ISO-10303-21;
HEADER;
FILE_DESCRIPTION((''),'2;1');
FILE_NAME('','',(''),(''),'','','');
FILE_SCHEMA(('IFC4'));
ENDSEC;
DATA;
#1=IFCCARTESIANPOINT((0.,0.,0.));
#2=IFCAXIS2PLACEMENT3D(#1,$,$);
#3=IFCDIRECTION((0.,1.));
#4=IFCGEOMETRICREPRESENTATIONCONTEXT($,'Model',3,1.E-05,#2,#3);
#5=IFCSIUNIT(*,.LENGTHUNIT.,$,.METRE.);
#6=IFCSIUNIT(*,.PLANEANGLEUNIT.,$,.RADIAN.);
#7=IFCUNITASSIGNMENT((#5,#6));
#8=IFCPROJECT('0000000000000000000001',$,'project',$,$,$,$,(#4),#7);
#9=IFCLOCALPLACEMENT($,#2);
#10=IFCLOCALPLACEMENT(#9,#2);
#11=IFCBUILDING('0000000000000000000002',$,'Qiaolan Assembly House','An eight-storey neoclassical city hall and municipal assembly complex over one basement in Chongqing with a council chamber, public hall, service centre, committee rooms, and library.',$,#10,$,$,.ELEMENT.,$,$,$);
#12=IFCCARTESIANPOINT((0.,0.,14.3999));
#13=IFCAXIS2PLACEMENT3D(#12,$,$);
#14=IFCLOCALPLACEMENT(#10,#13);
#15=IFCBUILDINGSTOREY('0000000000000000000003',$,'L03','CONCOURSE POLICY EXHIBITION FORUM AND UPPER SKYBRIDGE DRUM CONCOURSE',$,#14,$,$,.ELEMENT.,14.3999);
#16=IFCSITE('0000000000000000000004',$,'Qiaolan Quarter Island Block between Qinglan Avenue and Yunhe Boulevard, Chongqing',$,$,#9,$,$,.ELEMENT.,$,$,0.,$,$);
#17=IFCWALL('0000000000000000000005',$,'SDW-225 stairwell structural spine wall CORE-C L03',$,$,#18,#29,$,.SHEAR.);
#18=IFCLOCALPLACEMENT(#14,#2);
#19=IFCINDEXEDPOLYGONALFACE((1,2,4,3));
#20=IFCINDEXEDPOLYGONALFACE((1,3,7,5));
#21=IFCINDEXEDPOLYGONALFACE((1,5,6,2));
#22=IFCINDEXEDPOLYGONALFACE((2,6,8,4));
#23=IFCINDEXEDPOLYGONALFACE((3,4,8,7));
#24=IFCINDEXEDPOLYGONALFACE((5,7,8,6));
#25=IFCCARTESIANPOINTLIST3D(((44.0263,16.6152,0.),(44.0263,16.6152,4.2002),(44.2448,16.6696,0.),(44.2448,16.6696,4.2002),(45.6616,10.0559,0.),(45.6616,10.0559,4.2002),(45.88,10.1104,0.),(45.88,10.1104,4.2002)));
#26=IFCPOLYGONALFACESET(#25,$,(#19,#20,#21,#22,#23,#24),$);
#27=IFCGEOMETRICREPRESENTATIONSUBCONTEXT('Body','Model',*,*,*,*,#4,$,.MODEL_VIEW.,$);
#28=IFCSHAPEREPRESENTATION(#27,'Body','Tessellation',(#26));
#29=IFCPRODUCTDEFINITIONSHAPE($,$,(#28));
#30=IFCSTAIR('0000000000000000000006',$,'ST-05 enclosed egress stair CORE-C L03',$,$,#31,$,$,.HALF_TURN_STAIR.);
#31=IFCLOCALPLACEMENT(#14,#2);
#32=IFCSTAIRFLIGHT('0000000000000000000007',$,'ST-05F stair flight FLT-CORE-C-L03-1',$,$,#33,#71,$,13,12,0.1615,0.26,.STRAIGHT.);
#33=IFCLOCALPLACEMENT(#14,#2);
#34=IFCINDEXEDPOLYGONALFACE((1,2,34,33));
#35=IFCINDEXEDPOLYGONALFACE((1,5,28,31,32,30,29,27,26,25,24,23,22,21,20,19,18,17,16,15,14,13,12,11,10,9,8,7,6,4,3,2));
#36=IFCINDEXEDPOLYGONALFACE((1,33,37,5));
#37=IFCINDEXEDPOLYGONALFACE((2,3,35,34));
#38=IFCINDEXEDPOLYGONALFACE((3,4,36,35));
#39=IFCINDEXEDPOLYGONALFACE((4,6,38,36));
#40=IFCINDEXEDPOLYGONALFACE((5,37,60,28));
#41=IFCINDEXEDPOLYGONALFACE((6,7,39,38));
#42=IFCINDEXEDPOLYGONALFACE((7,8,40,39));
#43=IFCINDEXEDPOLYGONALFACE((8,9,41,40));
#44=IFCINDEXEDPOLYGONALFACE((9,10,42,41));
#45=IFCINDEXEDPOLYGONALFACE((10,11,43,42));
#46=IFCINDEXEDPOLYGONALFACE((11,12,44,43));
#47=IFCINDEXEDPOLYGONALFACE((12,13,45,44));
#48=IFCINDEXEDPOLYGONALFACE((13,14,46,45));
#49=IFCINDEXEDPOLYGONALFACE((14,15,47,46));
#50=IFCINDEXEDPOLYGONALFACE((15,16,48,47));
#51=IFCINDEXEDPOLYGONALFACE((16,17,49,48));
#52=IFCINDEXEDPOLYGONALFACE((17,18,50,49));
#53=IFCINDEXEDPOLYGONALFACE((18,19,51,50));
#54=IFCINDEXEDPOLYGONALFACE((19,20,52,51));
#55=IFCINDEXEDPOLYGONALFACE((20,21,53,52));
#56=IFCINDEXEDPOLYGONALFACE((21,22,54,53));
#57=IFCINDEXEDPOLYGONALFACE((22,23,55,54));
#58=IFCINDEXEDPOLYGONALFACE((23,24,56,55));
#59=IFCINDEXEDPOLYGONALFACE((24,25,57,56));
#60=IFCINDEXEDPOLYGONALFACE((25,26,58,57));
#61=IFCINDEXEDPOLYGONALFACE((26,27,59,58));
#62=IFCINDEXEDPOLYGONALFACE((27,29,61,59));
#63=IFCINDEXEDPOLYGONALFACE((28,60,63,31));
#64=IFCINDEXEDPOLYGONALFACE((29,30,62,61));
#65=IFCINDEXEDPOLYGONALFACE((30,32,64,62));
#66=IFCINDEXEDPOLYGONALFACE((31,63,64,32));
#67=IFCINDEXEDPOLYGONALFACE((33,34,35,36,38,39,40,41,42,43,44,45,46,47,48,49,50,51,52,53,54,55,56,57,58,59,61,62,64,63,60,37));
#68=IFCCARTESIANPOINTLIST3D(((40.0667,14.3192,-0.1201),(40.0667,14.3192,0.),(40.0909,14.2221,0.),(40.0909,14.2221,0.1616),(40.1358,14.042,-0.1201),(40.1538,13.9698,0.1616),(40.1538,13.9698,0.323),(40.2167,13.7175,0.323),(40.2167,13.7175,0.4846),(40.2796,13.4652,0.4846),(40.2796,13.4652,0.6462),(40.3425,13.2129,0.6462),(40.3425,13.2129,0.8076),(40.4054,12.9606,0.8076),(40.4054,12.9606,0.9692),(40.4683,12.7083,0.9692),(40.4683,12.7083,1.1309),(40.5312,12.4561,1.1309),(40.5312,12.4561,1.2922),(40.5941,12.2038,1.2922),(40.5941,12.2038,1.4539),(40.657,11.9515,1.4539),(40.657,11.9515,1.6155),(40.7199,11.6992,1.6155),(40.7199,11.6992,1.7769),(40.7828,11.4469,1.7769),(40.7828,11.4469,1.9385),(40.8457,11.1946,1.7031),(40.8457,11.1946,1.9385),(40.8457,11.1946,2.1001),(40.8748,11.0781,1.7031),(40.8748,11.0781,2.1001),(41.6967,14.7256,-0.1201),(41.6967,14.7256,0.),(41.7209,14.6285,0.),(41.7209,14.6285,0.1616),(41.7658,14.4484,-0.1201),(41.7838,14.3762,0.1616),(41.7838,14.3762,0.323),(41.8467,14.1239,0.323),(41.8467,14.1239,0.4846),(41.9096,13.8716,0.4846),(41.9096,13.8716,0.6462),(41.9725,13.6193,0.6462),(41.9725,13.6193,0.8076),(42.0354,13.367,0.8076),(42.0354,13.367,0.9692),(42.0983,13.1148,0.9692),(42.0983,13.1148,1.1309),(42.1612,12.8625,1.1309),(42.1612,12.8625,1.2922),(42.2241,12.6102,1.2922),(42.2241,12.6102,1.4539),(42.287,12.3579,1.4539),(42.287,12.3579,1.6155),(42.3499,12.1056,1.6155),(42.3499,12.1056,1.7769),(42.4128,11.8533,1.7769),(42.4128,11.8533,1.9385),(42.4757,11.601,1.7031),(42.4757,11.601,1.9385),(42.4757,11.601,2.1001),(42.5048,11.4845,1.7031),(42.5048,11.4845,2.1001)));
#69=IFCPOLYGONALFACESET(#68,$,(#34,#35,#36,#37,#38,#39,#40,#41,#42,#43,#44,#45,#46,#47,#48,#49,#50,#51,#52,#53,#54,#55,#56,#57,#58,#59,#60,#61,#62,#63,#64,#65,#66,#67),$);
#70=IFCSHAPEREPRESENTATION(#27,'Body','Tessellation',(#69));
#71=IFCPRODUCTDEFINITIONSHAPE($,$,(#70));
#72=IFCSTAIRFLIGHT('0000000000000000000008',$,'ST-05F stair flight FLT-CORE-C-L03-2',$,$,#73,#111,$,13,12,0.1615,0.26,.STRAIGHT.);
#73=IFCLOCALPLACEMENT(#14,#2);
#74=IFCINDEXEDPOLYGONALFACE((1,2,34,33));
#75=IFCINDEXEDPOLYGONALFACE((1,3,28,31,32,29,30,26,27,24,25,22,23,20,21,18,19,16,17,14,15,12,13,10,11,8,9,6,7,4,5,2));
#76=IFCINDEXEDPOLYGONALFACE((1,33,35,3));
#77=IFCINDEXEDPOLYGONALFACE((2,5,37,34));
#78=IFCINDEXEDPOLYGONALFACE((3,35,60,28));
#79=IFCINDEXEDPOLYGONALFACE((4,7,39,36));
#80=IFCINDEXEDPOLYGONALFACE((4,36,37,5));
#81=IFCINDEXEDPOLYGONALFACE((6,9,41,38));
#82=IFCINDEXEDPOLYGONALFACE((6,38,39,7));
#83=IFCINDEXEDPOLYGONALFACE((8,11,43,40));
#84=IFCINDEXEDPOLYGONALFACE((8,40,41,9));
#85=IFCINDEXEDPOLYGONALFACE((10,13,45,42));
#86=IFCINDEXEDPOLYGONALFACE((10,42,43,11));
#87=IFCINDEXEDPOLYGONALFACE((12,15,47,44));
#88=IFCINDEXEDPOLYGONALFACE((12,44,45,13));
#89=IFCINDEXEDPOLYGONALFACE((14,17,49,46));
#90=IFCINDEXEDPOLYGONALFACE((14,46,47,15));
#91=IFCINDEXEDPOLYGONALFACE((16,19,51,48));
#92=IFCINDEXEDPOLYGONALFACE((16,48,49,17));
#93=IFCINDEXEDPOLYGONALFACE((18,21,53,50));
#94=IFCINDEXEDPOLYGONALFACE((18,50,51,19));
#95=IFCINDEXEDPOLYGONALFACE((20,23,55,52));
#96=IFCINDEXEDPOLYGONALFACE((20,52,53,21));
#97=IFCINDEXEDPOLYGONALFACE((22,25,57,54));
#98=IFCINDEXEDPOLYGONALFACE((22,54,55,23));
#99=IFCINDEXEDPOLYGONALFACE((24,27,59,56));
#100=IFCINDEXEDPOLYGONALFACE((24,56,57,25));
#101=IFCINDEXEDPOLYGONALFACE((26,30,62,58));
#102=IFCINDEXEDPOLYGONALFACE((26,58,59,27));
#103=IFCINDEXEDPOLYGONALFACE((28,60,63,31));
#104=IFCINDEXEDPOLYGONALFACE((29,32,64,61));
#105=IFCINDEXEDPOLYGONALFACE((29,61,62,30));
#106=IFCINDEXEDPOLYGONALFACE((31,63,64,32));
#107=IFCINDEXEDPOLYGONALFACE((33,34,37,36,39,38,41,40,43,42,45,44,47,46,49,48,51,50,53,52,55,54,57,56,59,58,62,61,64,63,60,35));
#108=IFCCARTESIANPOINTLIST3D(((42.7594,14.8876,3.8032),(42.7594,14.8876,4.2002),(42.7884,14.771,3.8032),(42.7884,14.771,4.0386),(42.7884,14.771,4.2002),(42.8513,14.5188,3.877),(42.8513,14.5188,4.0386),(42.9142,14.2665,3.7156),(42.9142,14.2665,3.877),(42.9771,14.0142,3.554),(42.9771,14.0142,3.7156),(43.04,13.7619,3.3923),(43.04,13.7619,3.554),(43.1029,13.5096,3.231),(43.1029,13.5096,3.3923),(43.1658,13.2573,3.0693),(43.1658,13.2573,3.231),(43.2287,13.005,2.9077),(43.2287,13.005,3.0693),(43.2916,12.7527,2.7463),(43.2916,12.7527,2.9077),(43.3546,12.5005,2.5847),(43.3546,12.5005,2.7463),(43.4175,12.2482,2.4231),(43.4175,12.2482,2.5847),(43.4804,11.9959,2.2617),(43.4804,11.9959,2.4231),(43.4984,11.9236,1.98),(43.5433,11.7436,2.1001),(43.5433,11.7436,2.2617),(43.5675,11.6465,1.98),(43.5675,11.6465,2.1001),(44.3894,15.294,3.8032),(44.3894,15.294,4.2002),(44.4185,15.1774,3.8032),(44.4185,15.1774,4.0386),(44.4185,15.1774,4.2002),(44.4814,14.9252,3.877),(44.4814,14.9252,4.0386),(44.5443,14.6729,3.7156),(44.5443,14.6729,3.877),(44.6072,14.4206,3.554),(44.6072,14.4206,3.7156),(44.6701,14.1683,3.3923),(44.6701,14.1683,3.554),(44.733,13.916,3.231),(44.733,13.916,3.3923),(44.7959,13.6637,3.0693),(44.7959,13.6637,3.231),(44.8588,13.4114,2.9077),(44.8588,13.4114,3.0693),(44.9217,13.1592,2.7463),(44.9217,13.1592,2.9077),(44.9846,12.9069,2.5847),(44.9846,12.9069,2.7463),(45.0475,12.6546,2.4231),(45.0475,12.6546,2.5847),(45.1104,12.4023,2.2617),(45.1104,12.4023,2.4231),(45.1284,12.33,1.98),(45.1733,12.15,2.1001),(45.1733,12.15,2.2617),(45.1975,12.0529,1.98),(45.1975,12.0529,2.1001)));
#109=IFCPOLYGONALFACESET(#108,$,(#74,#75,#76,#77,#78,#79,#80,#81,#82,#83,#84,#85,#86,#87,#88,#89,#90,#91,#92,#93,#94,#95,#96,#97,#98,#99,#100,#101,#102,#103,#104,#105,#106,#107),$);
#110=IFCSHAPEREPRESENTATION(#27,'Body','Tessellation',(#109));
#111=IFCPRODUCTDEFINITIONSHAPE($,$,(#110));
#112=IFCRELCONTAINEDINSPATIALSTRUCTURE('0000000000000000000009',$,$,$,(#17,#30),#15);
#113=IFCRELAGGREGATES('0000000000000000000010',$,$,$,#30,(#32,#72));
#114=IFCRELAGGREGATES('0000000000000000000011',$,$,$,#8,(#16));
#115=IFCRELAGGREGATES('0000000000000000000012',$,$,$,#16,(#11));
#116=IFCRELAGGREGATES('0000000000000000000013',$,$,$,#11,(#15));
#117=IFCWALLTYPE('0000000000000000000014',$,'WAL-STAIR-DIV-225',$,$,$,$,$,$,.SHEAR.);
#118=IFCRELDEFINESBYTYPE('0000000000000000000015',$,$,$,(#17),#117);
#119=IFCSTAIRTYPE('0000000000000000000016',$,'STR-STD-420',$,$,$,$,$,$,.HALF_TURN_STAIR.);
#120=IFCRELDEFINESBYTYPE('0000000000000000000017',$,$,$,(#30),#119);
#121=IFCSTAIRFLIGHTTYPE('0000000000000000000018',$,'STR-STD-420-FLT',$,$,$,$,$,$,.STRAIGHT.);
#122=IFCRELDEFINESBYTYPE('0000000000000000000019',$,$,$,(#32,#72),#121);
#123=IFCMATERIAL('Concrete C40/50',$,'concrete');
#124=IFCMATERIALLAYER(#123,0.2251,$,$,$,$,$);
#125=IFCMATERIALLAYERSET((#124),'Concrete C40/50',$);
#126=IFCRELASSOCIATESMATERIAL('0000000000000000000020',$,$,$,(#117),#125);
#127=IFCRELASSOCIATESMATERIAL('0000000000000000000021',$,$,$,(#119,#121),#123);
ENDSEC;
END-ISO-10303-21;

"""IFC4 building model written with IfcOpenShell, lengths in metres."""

from ifc_helpers import new_model, si_unit, direction, frame, frame_2d, origin, place, context, subcontext, project, spatial, polyline, rectangle, outline, extrude, material, layer, layer_set, type_object, element, aggregate, save


model = new_model("IFC4")

# Units and contexts
model_context = context("Model", 3, precision=1e-05, world=origin(), true_north=direction((0.0, 1.0)))
body_context = subcontext(model_context, "Body", "Model", "MODEL_VIEW")
ifc_project = project(units=[si_unit("LENGTHUNIT", "METRE"), si_unit("PLANEANGLEUNIT", "RADIAN")], contexts=[model_context])

# Site, building, storey
site_placement = place(None, origin())
site = spatial("IfcSite", under=ifc_project, at=site_placement, Name="Qiaolan Quarter Island Block between Qinglan Avenue and Yunhe Boulevard, Chongqing", CompositionType="ELEMENT", RefElevation=0.0)
building_placement = place(site_placement, origin())
building = spatial("IfcBuilding", under=site, at=building_placement, Name="Qiaolan Assembly House", Description="An eight-storey neoclassical city hall and municipal assembly complex over one basement in Chongqing with a council chamber, public hall, service centre, committee rooms, and library.", CompositionType="ELEMENT")
storey_placement = place(building_placement, frame((0.0, 0.0, 14.3999)))
storey = spatial("IfcBuildingStorey", under=building, at=storey_placement, Name="L03", Description="CONCOURSE POLICY EXHIBITION FORUM AND UPPER SKYBRIDGE DRUM CONCOURSE", CompositionType="ELEMENT", Elevation=14.3999)

# Shared definitions
ifc_material_1 = material(Name="Concrete C40/50", Category="concrete")

# Wall
ifc_layer_1 = layer(ifc_material_1, 0.2251)
ifc_layer_set_1 = layer_set([ifc_layer_1], Name="Concrete C40/50")
wall_type_1 = type_object("IfcWallType", Name="WAL-STAIR-DIV-225", PredefinedType="SHEAR", material=ifc_layer_set_1)
wall_1_placement = place(storey_placement, frame((45.7708, 10.0833, 0.0), z_axis=(0.0, 0.0, 1.0), x_axis=(-0.241898, 0.970302, 0.0)))
element("IfcWall", 1, at=wall_1_placement, inside=storey, type_object=wall_type_1, Name="SDW-225 stairwell structural spine wall CORE-C L03", PredefinedType="SHEAR", context=body_context, shape_type="SweptSolid", body=[
    extrude(rectangle(XDim=6.76, YDim=0.2251, at=frame_2d((3.3799, 0.0))), origin(), (0.0, 0.0, 1.0), 4.2002),
])

# Stair, stair flights
stair_type = type_object("IfcStairType", Name="STR-STD-420", PredefinedType="HALF_TURN_STAIR", material=ifc_material_1)
stair_placement = place(storey_placement, origin())
stair = element("IfcStair", 2, at=stair_placement, inside=storey, type_object=stair_type, Name="ST-05 enclosed egress stair CORE-C L03", PredefinedType="HALF_TURN_STAIR")
stair_flight_type = type_object("IfcStairFlightType", Name="STR-STD-420-FLT", PredefinedType="STRAIGHT", material=ifc_material_1)
stair_flight_1_placement = place(storey_placement, frame((40.906, 14.4253, 0.0), z_axis=(0.0, 0.0, 1.0), x_axis=(0.241922, -0.970296, 0.0)))
stair_flight_1 = element("IfcStairFlight", 3, at=stair_flight_1_placement, type_object=stair_flight_type, Name="ST-05F stair flight FLT-CORE-C-L03-1", NumberOfRisers=13, NumberOfTreads=12, PredefinedType="STRAIGHT", RiserHeight=0.1615, TreadLength=0.26, context=body_context, shape_type="SweptSolid", body=[
    extrude(outline(polyline([(-0.1001, -0.1201), (-0.1001, 0.0), (0.0, 0.0), (0.0, 0.1616), (0.26, 0.1616), (0.26, 0.323), (0.52, 0.323), (0.52, 0.4846), (0.78, 0.4846), (0.78, 0.6462), (1.04, 0.6462), (1.04, 0.8076), (1.3, 0.8076), (1.3, 0.9692), (1.5601, 0.9692), (1.5601, 1.1309), (1.8201, 1.1309), (1.8201, 1.2922), (2.0801, 1.2922), (2.0801, 1.4539), (2.3401, 1.4539), (2.3401, 1.6155), (2.6001, 1.6155), (2.6001, 1.7769), (2.8601, 1.7769), (2.8601, 1.9385), (3.1201, 1.9385), (3.1201, 2.1001), (3.2402, 2.1001), (3.2402, 1.7031), (3.1201, 1.7031), (0.1855, -0.1201), (-0.1001, -0.1201)])), frame((0.0, 0.8398, 0.0), z_axis=(0.0, -1.0, 0.0), x_axis=(1.0, 0.0, 0.0)), (0.0, 0.0, 1.0), 1.6799),
])
stair_flight_2_placement = place(storey_placement, frame((44.3582, 11.9468, 2.1001), z_axis=(0.0, 0.0, 1.0), x_axis=(-0.241922, 0.970296, 0.0)))
stair_flight_2 = element("IfcStairFlight", 4, at=stair_flight_2_placement, type_object=stair_flight_type, Name="ST-05F stair flight FLT-CORE-C-L03-2", NumberOfRisers=13, NumberOfTreads=12, PredefinedType="STRAIGHT", RiserHeight=0.1615, TreadLength=0.26, context=body_context, shape_type="SweptSolid", body=[
    extrude(outline(polyline([(-0.1001, -0.1201), (-0.1001, 0.0), (0.0, 0.0), (0.0, 0.1616), (0.26, 0.1616), (0.26, 0.323), (0.52, 0.323), (0.52, 0.4846), (0.78, 0.4846), (0.78, 0.6462), (1.04, 0.6462), (1.04, 0.8076), (1.3, 0.8076), (1.3, 0.9692), (1.5601, 0.9692), (1.5601, 1.1309), (1.8201, 1.1309), (1.8201, 1.2922), (2.0801, 1.2922), (2.0801, 1.4539), (2.3401, 1.4539), (2.3401, 1.6155), (2.6001, 1.6155), (2.6001, 1.7769), (2.8601, 1.7769), (2.8601, 1.9385), (3.1201, 1.9385), (3.1201, 2.1001), (3.2402, 2.1001), (3.2402, 1.7031), (3.1201, 1.7031), (0.1855, -0.1201), (-0.1001, -0.1201)])), frame((0.0, 0.8398, 0.0), z_axis=(0.0, -1.0, 0.0), x_axis=(1.0, 0.0, 0.0)), (0.0, 0.0, 1.0), 1.6799),
])
aggregate(stair, [stair_flight_1, stair_flight_2])

save(model, "model.ifc")
